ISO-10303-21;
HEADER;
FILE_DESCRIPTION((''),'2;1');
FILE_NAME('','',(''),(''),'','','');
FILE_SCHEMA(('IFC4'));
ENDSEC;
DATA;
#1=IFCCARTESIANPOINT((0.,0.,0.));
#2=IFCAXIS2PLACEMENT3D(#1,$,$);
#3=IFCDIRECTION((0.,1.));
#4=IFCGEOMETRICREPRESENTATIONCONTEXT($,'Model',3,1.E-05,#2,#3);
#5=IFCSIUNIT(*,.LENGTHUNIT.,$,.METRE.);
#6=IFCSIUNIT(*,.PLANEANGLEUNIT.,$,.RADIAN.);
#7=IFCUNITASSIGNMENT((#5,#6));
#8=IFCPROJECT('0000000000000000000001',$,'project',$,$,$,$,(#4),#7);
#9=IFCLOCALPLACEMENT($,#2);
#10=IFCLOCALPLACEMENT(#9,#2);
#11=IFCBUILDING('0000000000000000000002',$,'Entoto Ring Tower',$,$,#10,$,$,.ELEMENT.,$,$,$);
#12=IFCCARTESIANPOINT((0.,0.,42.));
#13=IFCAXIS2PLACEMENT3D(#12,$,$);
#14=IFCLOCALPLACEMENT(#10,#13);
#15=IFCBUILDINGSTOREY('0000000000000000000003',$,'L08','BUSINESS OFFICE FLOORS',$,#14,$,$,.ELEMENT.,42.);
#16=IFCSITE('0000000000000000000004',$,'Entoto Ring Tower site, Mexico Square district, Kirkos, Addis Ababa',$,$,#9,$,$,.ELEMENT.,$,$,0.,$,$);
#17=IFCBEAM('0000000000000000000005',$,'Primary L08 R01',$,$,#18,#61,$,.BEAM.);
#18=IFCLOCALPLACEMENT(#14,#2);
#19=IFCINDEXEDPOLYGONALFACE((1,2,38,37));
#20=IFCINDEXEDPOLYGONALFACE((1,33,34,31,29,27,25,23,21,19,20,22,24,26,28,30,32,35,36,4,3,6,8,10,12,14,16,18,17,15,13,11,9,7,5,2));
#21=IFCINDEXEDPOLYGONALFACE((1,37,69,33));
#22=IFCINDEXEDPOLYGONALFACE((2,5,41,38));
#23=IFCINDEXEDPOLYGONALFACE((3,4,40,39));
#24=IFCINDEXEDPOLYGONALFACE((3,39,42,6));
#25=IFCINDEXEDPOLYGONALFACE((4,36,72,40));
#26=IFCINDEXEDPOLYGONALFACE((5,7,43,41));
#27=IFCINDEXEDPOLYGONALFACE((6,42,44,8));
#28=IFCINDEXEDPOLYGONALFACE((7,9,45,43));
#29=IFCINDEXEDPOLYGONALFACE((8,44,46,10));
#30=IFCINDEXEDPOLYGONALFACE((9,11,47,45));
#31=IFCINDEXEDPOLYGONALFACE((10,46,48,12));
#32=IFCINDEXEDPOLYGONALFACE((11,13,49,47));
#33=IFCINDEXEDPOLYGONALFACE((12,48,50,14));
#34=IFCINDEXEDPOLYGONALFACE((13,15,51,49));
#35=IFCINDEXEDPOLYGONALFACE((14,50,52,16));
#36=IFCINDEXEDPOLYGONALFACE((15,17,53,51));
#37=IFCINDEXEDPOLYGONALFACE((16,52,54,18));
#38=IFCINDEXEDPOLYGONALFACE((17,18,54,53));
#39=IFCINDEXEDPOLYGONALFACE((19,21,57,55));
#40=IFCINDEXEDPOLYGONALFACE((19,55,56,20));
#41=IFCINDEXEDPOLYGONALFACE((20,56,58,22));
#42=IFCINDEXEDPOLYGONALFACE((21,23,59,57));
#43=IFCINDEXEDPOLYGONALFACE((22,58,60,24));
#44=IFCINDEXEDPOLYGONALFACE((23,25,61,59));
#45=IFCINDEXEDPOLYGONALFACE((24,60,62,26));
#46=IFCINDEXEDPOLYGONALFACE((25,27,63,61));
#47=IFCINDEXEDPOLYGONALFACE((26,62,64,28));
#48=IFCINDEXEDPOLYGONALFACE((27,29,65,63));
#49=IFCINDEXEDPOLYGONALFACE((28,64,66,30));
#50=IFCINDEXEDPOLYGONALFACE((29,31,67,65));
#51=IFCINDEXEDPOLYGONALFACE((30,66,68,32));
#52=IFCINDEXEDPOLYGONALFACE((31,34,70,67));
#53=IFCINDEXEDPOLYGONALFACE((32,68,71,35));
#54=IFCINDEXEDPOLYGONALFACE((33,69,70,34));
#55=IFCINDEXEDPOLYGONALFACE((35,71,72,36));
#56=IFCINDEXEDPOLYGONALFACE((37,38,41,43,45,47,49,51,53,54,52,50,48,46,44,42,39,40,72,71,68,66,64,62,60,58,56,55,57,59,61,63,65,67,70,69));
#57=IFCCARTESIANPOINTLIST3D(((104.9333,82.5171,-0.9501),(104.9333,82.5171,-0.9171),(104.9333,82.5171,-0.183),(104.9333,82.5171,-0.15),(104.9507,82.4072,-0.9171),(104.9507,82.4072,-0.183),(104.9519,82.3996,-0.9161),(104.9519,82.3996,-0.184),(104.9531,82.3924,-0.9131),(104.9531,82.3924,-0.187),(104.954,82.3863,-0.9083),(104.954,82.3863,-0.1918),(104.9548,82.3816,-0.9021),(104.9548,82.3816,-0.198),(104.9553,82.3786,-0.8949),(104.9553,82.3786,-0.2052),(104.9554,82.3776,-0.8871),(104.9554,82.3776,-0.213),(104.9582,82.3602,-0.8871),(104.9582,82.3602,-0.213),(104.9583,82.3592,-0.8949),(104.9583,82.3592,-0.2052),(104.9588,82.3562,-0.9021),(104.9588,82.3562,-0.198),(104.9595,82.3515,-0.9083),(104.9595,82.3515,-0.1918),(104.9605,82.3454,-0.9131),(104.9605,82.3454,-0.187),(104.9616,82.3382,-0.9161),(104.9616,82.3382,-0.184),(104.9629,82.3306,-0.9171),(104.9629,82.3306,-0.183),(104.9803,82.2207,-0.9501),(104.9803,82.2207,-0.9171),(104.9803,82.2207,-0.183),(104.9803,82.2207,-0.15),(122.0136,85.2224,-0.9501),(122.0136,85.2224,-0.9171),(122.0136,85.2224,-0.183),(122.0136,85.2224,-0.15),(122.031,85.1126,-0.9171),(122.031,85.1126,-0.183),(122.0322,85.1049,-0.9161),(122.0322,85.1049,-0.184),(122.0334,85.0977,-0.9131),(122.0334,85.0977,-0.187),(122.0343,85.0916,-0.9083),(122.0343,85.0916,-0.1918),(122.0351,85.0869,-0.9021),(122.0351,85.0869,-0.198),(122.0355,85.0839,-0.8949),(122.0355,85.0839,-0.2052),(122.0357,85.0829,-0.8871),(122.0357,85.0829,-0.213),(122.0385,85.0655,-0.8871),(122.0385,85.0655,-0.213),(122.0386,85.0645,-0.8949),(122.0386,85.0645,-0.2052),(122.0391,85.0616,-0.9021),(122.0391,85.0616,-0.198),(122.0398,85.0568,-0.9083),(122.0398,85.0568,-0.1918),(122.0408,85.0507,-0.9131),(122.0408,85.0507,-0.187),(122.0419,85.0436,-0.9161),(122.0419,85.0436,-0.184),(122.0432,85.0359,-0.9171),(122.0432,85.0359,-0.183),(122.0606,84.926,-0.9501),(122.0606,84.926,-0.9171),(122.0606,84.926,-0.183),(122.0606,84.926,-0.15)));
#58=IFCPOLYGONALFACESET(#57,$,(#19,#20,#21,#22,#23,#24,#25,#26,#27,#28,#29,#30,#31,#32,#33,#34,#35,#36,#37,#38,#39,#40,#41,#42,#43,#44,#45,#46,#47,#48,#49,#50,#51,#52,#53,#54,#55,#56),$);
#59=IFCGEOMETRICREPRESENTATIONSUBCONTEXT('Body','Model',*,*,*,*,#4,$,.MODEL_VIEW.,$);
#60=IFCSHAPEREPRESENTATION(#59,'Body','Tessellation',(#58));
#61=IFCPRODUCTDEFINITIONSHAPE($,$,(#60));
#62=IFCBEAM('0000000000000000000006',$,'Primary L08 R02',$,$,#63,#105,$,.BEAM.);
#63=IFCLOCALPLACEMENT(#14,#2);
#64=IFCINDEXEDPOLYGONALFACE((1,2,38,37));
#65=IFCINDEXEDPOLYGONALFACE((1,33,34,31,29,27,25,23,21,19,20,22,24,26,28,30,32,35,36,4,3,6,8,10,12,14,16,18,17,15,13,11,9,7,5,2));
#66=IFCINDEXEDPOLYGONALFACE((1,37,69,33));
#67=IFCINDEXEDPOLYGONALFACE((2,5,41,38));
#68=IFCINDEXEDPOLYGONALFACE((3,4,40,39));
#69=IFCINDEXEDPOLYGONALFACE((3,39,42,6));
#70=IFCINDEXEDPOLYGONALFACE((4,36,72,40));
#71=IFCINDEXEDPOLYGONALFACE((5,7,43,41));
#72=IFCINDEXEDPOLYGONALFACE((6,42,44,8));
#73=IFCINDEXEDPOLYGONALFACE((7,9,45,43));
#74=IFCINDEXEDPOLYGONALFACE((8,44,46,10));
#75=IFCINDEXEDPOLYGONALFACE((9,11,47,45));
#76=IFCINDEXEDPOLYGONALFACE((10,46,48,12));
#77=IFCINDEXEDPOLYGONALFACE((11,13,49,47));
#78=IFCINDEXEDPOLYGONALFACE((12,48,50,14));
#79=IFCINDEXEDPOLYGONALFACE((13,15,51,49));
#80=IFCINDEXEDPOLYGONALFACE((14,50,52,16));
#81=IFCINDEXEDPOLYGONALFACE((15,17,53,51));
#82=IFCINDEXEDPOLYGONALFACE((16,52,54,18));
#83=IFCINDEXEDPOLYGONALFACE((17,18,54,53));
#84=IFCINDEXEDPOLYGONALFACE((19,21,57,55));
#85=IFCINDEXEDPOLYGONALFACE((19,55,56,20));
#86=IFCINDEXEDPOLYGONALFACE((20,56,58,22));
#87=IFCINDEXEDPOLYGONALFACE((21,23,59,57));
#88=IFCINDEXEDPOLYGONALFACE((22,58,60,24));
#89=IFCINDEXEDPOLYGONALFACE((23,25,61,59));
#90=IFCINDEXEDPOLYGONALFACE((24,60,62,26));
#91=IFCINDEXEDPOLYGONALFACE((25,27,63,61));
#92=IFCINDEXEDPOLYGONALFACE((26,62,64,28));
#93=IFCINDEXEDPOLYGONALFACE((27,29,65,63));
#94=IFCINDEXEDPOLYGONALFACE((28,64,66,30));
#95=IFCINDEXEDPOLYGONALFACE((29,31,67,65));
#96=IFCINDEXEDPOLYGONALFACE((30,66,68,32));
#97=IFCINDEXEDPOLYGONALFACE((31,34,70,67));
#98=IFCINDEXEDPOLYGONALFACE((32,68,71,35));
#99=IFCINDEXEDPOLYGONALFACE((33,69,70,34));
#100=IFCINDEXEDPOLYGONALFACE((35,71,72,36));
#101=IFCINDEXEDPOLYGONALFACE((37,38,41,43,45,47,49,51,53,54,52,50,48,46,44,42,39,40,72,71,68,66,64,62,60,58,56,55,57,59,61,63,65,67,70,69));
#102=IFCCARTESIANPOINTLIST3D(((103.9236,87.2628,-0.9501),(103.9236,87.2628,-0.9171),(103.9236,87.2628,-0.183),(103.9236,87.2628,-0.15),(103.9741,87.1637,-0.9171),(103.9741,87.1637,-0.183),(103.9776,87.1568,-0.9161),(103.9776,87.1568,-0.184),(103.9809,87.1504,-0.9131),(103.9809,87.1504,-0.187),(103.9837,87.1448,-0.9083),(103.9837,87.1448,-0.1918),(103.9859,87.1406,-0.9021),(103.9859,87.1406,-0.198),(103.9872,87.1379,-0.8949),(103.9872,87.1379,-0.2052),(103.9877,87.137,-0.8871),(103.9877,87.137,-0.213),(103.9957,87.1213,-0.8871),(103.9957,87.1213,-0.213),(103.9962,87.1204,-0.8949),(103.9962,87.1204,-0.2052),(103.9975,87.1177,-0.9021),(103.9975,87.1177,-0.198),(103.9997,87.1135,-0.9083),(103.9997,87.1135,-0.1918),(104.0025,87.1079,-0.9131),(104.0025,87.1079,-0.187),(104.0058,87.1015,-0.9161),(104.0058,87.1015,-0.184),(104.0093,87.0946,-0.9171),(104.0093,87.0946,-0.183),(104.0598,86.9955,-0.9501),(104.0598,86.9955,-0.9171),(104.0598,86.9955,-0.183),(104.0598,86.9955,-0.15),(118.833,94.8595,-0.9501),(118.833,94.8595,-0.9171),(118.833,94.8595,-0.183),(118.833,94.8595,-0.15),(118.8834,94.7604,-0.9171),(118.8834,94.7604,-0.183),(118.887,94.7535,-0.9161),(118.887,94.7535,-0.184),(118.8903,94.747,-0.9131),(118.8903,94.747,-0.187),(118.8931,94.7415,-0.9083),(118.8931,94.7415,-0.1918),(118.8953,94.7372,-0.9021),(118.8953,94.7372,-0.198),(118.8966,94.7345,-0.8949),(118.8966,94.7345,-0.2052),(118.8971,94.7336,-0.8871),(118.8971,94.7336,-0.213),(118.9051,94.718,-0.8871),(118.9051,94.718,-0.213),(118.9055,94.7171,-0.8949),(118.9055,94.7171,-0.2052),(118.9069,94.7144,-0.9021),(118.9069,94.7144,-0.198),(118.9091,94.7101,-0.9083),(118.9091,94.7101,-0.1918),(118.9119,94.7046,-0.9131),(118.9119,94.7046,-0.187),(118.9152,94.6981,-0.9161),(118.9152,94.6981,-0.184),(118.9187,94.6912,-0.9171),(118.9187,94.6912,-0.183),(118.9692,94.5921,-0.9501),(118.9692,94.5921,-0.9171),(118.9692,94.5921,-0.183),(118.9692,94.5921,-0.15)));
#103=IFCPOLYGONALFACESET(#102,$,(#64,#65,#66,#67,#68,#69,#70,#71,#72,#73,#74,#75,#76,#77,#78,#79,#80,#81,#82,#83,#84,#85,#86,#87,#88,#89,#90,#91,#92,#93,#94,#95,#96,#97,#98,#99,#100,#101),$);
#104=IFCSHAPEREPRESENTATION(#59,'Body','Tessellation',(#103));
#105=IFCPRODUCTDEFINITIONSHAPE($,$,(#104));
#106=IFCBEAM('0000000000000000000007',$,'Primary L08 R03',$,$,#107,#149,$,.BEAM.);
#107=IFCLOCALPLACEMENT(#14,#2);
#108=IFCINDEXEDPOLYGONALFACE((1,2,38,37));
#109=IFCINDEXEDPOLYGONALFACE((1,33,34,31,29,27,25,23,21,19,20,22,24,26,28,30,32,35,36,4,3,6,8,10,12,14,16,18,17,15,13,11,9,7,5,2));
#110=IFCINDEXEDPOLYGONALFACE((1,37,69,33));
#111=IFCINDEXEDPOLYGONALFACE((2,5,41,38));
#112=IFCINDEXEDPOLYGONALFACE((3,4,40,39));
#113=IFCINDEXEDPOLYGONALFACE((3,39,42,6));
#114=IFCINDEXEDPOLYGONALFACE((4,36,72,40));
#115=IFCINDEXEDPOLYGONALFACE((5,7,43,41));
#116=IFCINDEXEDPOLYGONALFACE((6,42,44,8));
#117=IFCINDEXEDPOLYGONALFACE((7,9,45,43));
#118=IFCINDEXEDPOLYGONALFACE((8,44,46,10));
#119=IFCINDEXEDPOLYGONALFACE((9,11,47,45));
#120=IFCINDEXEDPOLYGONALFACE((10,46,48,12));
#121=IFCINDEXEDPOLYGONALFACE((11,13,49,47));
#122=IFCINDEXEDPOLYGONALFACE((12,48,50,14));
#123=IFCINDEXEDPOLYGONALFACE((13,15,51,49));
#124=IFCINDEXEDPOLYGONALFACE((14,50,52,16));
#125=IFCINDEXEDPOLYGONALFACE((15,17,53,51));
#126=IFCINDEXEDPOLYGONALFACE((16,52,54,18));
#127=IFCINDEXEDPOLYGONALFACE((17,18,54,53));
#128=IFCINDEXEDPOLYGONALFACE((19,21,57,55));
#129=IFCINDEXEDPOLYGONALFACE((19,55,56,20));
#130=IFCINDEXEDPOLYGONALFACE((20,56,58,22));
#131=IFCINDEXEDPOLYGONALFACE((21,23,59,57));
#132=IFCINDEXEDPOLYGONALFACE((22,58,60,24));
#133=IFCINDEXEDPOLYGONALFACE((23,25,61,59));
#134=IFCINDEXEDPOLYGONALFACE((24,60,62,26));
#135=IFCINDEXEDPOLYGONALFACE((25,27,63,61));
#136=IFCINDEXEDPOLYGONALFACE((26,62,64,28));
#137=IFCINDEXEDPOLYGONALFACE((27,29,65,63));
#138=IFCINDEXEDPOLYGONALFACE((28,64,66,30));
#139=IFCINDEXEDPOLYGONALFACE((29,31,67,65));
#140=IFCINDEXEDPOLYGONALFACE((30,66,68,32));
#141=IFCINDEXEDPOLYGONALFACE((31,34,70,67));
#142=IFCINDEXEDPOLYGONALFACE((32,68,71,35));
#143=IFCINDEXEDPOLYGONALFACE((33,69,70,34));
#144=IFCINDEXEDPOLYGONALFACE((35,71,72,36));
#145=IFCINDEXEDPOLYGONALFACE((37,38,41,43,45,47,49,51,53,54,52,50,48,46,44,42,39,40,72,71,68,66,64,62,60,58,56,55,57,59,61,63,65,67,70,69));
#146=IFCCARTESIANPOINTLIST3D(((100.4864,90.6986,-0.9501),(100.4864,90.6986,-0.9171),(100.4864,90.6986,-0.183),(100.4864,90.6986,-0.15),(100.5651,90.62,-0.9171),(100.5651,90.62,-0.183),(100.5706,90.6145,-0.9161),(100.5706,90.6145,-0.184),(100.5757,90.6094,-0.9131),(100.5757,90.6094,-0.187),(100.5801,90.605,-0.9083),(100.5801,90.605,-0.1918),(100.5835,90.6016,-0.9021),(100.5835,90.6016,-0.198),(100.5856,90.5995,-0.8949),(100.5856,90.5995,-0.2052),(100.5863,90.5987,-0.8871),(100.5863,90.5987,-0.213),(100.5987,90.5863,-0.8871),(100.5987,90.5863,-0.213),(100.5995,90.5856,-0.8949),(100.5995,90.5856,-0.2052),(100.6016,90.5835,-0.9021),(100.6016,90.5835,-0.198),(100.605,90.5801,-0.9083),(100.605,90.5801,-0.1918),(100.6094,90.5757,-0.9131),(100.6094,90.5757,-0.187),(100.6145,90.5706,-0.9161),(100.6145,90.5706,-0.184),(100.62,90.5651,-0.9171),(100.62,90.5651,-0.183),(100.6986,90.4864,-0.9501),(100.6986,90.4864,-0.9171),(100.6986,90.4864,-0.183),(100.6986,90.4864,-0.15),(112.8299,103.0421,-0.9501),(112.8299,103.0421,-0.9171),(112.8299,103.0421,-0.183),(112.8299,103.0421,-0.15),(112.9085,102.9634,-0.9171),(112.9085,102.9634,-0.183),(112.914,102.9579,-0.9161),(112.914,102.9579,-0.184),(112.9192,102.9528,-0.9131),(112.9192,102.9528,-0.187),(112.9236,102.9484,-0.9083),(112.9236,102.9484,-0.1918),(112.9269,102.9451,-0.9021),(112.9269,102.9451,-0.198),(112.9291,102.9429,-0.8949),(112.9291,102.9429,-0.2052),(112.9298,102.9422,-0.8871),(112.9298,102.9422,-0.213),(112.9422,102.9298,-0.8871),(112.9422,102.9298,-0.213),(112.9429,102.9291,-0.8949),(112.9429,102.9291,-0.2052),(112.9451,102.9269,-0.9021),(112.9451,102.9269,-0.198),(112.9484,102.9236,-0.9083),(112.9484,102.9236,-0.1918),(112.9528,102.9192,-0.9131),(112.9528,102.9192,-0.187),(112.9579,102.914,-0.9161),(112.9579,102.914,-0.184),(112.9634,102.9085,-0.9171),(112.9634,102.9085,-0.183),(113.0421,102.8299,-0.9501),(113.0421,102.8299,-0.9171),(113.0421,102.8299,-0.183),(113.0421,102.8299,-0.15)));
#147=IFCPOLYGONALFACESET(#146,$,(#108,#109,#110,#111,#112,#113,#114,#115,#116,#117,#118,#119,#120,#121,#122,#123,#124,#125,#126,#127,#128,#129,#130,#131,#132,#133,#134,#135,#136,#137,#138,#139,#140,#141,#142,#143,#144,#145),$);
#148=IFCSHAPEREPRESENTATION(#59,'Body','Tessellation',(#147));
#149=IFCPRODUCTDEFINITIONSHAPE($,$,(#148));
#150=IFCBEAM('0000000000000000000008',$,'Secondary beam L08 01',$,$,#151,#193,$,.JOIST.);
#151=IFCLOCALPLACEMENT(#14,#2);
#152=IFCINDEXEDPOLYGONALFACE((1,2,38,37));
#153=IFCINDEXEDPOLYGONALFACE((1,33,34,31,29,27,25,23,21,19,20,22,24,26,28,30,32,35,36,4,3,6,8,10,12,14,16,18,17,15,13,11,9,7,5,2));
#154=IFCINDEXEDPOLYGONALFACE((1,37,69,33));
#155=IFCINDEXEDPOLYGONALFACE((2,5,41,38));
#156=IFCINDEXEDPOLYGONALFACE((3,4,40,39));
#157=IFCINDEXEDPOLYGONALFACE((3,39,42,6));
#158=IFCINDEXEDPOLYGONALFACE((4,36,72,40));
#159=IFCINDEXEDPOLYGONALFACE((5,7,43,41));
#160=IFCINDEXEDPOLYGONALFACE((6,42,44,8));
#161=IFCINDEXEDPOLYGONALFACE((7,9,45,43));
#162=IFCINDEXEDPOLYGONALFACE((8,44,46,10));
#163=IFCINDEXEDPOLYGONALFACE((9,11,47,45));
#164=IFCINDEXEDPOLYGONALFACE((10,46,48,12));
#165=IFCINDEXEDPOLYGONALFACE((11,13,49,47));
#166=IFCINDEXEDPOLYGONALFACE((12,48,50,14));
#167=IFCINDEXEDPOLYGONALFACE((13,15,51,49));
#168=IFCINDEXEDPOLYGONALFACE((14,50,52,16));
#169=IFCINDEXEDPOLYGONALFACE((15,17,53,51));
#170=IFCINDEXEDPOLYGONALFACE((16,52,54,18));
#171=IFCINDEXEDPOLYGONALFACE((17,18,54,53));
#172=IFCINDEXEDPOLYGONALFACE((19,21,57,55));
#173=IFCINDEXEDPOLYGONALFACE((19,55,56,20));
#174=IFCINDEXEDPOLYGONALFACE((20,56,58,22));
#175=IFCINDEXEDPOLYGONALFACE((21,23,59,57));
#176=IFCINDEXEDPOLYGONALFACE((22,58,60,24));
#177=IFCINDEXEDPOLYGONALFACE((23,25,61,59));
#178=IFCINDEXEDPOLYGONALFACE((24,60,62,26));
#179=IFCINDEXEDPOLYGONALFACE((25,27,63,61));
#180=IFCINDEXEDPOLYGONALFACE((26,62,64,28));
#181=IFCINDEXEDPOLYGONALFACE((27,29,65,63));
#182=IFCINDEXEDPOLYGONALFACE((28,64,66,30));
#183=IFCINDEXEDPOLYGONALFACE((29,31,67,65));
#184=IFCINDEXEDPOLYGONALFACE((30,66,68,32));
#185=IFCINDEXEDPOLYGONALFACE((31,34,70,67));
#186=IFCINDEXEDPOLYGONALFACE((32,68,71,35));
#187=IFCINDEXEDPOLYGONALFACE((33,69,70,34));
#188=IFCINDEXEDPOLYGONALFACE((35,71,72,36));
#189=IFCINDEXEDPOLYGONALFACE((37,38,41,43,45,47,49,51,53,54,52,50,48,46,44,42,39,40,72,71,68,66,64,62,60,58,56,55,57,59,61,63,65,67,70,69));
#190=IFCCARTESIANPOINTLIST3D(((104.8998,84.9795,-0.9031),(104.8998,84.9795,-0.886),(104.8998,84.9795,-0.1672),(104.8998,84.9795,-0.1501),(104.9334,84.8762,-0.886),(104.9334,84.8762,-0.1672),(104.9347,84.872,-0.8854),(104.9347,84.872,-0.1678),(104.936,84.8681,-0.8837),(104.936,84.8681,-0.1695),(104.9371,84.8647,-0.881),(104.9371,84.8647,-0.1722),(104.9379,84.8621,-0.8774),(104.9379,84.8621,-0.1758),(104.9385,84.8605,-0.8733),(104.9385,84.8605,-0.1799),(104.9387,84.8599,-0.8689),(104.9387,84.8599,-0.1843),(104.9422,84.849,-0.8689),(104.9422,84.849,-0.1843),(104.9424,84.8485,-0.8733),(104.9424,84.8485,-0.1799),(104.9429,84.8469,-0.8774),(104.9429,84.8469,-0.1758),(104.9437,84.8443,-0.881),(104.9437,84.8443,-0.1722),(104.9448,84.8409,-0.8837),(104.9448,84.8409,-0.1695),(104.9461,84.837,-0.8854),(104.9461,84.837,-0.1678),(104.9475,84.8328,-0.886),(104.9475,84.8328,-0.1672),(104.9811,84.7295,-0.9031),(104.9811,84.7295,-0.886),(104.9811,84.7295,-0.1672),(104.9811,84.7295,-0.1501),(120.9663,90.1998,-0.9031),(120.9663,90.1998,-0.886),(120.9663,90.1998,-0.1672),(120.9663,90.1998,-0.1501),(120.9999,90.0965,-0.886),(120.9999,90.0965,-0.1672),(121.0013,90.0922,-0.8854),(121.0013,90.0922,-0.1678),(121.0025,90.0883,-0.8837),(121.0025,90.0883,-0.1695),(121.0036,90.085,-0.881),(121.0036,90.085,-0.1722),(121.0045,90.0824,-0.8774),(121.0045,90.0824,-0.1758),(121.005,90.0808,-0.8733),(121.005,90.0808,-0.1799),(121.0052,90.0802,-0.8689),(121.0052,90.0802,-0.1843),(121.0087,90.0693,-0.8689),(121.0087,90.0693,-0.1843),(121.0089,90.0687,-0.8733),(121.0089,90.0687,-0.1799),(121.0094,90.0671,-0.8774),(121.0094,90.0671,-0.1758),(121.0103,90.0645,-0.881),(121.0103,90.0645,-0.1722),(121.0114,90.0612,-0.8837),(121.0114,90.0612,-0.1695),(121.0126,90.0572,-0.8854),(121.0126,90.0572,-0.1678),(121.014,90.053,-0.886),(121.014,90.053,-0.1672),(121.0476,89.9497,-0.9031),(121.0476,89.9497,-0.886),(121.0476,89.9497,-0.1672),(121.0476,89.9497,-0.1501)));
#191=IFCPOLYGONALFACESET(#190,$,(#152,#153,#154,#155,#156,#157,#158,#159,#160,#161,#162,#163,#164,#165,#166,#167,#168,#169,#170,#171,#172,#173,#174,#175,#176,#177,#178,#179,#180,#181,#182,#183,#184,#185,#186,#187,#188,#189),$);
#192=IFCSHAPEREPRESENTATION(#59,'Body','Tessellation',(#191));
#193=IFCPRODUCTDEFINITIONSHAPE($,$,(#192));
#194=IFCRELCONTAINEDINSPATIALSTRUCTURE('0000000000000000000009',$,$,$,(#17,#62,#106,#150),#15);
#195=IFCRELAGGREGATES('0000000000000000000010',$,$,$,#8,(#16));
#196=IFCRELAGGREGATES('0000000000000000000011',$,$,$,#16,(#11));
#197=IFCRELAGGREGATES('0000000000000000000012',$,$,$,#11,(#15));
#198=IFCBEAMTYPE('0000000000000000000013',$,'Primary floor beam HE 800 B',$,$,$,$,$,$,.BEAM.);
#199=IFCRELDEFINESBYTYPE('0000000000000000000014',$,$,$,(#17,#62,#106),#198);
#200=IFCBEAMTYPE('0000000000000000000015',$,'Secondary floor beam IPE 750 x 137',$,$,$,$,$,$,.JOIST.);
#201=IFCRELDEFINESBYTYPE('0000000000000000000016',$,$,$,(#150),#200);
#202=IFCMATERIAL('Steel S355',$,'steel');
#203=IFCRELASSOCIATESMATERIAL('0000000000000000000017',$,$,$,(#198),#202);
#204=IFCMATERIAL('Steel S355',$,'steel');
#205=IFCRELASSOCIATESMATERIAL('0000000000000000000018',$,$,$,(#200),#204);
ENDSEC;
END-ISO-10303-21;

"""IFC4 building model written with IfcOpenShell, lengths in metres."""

from ifc_helpers import new_model, si_unit, direction, frame, origin, origin_2d, place, context, subcontext, project, spatial, i_section, extrude, material, material_profile, profile_set, type_object, element, save


model = new_model("IFC4")

# Units and contexts
model_context = context("Model", 3, precision=1e-05, world=origin(), true_north=direction((0.0, 1.0)))
body_context = subcontext(model_context, "Body", "Model", "MODEL_VIEW")
ifc_project = project(units=[si_unit("LENGTHUNIT", "METRE"), si_unit("PLANEANGLEUNIT", "RADIAN")], contexts=[model_context])

# Site, building, storey
site_placement = place(None, origin())
site = spatial("IfcSite", under=ifc_project, at=site_placement, Name="Entoto Ring Tower site, Mexico Square district, Kirkos, Addis Ababa", CompositionType="ELEMENT", RefElevation=0.0)
building_placement = place(site_placement, origin())
building = spatial("IfcBuilding", under=site, at=building_placement, Name="Entoto Ring Tower", CompositionType="ELEMENT")
storey_placement = place(building_placement, frame((0.0, 0.0, 42.0)))
storey = spatial("IfcBuildingStorey", under=building, at=storey_placement, Name="L08", Description="BUSINESS OFFICE FLOORS", CompositionType="ELEMENT", Elevation=42.0)

# Beams
ifc_material_1 = material(Name="Steel S355", Category="steel")
ifc_material_profile_1 = material_profile(ifc_material_1, i_section(OverallWidth=0.3, OverallDepth=0.8, WebThickness=0.0176, FlangeThickness=0.033, FilletRadius=0.03, at=origin_2d()), Name="HE 800 B")
ifc_profile_set_1 = profile_set([ifc_material_profile_1], Name="Steel S355")
beam_type_1 = type_object("IfcBeamType", Name="Primary floor beam HE 800 B", PredefinedType="BEAM", material=ifc_profile_set_1)
beam_1_placement = place(storey_placement, frame((104.9568, 82.3689, -0.55), z_axis=(0.987688, 0.156438, 0.0), x_axis=(-0.156438, 0.987688, 0.0)))
element("IfcBeam", 1, at=beam_1_placement, inside=storey, type_object=beam_type_1, Name="Primary L08 R01", PredefinedType="BEAM", context=body_context, shape_type="SweptSolid", body=[
    extrude(i_section(OverallWidth=0.3, OverallDepth=0.8, WebThickness=0.0176, FlangeThickness=0.033, FilletRadius=0.03, at=origin_2d()), origin(), (0.0, 0.0, 1.0), 17.2932),
])
beam_2_placement = place(storey_placement, frame((103.9917, 87.1292, -0.55), z_axis=(0.891008, 0.453988, 0.0), x_axis=(-0.453988, 0.891008, 0.0)))
element("IfcBeam", 2, at=beam_2_placement, inside=storey, type_object=beam_type_1, Name="Primary L08 R02", PredefinedType="BEAM", context=body_context, shape_type="SweptSolid", body=[
    extrude(i_section(OverallWidth=0.3, OverallDepth=0.8, WebThickness=0.0176, FlangeThickness=0.033, FilletRadius=0.03, at=origin_2d()), origin(), (0.0, 0.0, 1.0), 16.7332),
])
beam_3_placement = place(storey_placement, frame((100.5925, 90.5925, -0.55), z_axis=(0.707107, 0.707107, 0.0), x_axis=(-0.707107, 0.707107, 0.0)))
element("IfcBeam", 3, at=beam_3_placement, inside=storey, type_object=beam_type_1, Name="Primary L08 R03", PredefinedType="BEAM", context=body_context, shape_type="SweptSolid", body=[
    extrude(i_section(OverallWidth=0.3, OverallDepth=0.8, WebThickness=0.0176, FlangeThickness=0.033, FilletRadius=0.03, at=origin_2d()), origin(), (0.0, 0.0, 1.0), 17.4563),
])
ifc_material_2 = material(Name="Steel S355", Category="steel")
ifc_material_profile_2 = material_profile(ifc_material_2, i_section(OverallWidth=0.2629, OverallDepth=0.7529, WebThickness=0.0115, FlangeThickness=0.0171, FilletRadius=0.0171, at=origin_2d()), Name="IPE 750 x 137")
ifc_profile_set_2 = profile_set([ifc_material_profile_2], Name="Steel S355")
beam_type_2 = type_object("IfcBeamType", Name="Secondary floor beam IPE 750 x 137", PredefinedType="JOIST", material=ifc_profile_set_2)
beam_4_placement = place(storey_placement, frame((104.9404, 84.8545, -0.5266), z_axis=(0.951058, 0.309013, 0.0), x_axis=(-0.309013, 0.951058, 0.0)))
element("IfcBeam", 4, at=beam_4_placement, inside=storey, type_object=beam_type_2, Name="Secondary beam L08 01", PredefinedType="JOIST", context=body_context, shape_type="SweptSolid", body=[
    extrude(i_section(OverallWidth=0.2629, OverallDepth=0.7529, WebThickness=0.0115, FlangeThickness=0.0171, FilletRadius=0.0171, at=origin_2d()), origin(), (0.0, 0.0, 1.0), 16.8933),
])

save(model, "model.ifc")
